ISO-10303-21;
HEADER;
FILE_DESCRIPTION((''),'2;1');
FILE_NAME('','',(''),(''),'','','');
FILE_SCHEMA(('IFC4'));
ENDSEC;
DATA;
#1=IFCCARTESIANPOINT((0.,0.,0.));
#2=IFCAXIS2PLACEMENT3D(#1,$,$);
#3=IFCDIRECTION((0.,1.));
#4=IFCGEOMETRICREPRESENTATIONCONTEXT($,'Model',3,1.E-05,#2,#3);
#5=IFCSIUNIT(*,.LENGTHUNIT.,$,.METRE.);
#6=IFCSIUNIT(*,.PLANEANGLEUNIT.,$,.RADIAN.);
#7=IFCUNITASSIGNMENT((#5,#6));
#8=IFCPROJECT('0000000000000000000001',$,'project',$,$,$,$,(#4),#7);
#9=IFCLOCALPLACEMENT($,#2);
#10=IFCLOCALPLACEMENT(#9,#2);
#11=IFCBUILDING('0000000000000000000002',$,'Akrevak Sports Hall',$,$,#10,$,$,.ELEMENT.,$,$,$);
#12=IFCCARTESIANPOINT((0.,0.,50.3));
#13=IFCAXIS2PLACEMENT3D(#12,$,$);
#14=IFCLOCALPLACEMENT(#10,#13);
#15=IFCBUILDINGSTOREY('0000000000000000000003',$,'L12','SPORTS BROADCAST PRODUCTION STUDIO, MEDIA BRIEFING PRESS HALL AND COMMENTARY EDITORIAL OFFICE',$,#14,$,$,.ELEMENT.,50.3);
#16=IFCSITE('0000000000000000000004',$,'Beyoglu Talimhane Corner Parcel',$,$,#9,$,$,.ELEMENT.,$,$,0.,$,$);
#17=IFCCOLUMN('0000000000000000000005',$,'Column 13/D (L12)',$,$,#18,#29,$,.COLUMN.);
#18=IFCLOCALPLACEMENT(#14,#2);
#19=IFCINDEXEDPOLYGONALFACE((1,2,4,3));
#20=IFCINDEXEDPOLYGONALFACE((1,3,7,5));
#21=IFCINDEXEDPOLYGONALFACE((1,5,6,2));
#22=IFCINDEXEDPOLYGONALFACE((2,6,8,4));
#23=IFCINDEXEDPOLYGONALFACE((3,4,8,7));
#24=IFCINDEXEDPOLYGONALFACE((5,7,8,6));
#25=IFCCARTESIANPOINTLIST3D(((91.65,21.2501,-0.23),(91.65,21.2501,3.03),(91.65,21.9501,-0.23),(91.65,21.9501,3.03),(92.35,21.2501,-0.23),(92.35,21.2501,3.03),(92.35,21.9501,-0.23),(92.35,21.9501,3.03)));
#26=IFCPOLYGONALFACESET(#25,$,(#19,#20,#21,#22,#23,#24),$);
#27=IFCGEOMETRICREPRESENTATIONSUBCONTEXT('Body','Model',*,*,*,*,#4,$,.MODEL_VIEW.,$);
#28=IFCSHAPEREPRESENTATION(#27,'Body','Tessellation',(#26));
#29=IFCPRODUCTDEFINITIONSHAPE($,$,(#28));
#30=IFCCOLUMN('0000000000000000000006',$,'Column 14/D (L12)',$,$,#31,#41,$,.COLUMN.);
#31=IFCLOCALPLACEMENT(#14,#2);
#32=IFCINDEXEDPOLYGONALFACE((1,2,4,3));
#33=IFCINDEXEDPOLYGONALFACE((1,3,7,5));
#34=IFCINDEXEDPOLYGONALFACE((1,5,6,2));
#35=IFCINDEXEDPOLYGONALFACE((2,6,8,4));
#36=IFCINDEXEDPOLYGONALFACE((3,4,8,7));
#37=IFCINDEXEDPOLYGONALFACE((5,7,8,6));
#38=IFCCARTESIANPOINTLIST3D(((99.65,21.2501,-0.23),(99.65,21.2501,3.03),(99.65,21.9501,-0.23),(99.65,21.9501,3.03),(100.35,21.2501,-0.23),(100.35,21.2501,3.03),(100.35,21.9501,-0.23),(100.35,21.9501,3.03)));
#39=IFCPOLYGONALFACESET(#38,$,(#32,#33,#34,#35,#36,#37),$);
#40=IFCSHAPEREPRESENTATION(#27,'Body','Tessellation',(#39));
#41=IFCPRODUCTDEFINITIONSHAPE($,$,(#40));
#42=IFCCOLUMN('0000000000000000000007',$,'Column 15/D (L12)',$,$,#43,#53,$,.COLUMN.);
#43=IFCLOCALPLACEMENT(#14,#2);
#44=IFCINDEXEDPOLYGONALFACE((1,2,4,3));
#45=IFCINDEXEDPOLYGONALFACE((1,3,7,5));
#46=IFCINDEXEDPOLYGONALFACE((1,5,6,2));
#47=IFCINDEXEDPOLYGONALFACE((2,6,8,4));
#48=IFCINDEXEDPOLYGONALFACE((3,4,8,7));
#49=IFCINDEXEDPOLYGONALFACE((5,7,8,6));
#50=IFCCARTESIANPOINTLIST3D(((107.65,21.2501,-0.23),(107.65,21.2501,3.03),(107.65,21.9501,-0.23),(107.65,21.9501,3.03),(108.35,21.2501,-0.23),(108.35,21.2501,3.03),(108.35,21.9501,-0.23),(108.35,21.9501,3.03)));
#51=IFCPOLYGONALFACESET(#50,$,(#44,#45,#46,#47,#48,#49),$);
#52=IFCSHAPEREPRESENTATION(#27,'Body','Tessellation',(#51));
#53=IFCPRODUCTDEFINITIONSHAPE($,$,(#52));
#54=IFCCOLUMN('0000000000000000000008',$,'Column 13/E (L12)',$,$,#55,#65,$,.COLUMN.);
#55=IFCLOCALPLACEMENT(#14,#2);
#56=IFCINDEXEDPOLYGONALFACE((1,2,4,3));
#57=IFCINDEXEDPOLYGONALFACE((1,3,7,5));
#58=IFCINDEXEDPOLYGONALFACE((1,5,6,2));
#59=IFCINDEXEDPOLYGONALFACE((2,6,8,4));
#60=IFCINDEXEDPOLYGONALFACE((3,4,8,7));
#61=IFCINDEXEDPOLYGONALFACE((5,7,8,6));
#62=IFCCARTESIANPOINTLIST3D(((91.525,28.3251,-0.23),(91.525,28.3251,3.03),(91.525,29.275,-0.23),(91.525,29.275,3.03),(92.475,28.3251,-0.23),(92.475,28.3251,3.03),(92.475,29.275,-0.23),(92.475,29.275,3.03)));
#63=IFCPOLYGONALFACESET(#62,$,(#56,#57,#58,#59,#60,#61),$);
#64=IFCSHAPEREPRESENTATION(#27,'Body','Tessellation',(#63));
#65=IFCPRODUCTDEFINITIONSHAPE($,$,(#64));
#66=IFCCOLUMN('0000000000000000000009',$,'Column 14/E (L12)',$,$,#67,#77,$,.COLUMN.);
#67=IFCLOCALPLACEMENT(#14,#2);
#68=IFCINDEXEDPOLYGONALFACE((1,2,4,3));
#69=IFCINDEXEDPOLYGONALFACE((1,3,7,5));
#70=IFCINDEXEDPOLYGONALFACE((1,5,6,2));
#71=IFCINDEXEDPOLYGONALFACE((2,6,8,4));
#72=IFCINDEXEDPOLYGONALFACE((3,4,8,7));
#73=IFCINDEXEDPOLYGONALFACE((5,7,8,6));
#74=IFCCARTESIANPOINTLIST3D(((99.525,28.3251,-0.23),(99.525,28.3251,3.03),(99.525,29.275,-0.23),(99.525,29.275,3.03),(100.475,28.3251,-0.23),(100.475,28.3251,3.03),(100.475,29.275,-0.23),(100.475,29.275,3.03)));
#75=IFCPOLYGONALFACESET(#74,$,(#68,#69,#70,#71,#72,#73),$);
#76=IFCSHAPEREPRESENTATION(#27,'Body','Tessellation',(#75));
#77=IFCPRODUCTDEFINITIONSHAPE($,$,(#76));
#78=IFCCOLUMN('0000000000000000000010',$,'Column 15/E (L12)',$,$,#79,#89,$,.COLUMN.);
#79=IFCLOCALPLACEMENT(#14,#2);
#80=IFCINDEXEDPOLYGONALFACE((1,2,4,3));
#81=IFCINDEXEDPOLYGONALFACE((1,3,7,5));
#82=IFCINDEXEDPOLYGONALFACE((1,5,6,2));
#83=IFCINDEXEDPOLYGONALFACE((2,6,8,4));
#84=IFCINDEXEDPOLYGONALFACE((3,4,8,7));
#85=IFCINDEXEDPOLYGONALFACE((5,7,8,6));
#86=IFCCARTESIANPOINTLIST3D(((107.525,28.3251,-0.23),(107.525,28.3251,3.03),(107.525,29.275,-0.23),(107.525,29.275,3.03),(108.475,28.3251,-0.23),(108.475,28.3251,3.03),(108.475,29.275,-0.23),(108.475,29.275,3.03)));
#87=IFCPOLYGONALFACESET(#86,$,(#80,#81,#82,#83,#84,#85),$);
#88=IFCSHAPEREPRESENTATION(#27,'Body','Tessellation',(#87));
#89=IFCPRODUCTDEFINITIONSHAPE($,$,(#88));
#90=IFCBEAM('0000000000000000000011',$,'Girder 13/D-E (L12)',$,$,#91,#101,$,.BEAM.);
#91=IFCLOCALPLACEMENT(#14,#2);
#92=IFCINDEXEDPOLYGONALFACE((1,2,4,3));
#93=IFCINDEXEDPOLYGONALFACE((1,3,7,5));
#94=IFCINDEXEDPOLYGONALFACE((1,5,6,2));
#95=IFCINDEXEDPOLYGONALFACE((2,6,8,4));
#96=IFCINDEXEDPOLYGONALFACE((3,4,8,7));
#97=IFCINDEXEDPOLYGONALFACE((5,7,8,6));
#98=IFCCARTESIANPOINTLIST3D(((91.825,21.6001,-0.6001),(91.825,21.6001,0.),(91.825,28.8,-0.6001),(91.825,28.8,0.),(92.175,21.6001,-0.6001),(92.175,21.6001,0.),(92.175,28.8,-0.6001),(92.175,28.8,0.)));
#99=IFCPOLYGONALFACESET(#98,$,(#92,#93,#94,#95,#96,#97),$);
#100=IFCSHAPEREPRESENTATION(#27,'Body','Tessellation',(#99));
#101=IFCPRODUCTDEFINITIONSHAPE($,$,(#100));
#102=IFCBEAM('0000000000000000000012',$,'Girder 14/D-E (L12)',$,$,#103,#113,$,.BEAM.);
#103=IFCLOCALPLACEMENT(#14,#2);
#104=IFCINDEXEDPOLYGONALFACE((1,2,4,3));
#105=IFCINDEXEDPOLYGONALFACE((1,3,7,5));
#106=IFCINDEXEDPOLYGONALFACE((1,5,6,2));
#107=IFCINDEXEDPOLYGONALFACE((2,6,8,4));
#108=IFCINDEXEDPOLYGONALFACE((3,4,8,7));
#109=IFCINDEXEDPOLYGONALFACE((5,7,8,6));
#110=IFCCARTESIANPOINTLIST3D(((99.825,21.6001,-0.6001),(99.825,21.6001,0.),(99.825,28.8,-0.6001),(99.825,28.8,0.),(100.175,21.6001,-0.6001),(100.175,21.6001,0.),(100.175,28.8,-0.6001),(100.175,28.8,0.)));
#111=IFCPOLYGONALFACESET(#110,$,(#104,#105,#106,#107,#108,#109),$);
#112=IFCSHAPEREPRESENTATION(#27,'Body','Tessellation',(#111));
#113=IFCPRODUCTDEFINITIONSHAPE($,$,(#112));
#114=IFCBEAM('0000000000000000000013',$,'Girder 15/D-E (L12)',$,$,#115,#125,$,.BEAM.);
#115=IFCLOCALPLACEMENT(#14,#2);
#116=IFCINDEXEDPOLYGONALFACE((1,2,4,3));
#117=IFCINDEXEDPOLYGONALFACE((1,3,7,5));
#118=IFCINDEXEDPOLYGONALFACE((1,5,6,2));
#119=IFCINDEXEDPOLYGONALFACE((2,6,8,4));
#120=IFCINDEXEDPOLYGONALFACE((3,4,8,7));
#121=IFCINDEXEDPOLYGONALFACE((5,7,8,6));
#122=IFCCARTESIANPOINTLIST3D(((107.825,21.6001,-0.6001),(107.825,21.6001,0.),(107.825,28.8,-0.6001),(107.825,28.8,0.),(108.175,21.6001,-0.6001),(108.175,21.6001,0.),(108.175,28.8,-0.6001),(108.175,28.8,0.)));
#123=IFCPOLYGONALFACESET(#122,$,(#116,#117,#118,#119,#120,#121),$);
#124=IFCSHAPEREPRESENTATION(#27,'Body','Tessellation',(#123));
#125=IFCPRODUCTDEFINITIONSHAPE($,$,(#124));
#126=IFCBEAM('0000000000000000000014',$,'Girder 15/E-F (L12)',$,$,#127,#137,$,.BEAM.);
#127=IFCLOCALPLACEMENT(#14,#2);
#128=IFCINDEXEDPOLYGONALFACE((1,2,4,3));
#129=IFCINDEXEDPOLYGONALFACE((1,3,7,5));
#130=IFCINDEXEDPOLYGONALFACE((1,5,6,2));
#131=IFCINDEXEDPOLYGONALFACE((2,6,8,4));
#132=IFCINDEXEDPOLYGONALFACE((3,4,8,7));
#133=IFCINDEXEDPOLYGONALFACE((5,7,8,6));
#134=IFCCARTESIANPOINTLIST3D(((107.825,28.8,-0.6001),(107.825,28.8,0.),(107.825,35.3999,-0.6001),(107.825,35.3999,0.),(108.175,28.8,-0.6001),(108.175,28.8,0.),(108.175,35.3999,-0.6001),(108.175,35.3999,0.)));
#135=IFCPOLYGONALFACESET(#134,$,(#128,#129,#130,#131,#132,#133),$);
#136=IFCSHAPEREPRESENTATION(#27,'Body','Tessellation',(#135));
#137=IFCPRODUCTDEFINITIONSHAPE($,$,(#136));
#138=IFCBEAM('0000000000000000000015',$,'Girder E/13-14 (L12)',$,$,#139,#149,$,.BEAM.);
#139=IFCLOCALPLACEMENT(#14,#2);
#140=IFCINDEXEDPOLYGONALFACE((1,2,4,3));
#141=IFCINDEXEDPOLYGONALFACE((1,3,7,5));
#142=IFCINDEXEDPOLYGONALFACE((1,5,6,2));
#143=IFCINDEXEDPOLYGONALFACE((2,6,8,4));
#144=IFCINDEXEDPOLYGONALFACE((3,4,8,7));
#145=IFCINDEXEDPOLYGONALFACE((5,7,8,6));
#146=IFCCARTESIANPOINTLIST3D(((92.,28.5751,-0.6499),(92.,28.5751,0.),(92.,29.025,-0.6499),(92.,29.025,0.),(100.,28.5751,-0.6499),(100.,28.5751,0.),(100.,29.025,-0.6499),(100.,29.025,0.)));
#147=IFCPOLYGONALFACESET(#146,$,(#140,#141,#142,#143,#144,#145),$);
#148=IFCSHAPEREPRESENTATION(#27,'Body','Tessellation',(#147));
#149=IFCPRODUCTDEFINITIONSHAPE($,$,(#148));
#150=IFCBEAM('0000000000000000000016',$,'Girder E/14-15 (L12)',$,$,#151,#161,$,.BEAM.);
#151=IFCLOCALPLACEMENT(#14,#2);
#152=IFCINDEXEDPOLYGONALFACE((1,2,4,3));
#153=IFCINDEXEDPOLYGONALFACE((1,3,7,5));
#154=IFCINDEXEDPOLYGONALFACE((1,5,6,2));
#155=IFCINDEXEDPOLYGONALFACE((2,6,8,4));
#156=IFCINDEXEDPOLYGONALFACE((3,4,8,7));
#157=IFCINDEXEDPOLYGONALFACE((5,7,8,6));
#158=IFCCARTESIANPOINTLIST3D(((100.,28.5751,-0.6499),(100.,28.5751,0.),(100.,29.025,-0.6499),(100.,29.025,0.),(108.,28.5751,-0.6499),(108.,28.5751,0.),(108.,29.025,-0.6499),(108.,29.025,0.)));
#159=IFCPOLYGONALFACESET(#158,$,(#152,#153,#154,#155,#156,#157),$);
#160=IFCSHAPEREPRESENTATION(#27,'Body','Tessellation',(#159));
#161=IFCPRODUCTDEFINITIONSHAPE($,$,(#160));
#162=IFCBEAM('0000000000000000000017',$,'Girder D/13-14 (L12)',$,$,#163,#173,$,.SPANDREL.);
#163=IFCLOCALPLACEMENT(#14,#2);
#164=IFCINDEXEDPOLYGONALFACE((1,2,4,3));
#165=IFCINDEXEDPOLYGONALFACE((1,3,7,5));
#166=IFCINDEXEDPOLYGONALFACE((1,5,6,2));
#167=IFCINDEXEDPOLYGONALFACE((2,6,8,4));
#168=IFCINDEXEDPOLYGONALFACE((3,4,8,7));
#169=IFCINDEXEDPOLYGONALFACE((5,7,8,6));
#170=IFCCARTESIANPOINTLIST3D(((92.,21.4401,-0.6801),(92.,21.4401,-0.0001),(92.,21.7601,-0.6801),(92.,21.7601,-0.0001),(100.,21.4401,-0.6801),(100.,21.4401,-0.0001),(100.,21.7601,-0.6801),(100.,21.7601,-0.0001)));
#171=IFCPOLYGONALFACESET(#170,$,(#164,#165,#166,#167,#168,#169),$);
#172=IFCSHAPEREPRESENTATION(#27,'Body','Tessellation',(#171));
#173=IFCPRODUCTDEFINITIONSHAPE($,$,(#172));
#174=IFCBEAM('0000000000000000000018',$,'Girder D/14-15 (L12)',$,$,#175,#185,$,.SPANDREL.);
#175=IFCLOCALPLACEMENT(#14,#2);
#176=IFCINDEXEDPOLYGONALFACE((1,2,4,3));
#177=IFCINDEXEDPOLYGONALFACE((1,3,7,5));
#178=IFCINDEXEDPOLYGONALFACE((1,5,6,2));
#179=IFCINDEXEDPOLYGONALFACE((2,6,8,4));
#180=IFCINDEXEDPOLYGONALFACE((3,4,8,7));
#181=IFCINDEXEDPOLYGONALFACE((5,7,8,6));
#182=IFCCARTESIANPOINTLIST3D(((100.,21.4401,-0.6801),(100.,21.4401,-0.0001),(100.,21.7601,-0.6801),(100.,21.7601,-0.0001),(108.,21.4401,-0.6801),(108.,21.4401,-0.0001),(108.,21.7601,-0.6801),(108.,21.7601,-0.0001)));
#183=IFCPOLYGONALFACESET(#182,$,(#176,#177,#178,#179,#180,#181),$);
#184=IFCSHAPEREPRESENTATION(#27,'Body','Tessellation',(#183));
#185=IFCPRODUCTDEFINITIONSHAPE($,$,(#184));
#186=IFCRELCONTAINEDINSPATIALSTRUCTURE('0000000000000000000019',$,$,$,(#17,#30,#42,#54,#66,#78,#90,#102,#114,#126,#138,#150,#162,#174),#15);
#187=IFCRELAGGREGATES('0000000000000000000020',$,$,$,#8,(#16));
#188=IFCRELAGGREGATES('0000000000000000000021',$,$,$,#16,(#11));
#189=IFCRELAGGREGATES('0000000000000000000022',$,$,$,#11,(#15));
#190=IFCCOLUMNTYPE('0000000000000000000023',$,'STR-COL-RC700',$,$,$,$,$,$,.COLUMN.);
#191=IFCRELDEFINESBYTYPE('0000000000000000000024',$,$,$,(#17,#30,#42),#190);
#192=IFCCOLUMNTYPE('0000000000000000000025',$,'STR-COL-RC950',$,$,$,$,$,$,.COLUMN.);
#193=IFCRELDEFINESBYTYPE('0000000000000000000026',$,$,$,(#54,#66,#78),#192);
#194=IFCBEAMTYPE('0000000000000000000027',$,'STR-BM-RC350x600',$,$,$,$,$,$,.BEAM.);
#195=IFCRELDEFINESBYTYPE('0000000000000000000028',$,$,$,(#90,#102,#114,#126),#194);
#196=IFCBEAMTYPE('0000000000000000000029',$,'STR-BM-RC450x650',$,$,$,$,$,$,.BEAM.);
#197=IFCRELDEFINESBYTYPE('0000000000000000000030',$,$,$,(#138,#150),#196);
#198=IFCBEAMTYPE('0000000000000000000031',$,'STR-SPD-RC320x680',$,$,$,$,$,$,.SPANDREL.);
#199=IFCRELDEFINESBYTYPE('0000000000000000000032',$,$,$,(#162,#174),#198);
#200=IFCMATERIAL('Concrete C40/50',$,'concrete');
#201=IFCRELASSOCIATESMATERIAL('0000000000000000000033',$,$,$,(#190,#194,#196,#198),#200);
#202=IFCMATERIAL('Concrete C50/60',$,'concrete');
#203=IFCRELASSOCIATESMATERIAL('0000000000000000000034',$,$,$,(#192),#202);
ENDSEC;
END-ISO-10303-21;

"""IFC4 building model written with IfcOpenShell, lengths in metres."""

from ifc_helpers import new_model, si_unit, direction, frame, origin, origin_2d, place, context, subcontext, project, spatial, rectangle, extrude, material, material_profile, profile_set, type_object, element, save


model = new_model("IFC4")

# Units and contexts
model_context = context("Model", 3, precision=1e-05, world=origin(), true_north=direction((0.0, 1.0)))
body_context = subcontext(model_context, "Body", "Model", "MODEL_VIEW")
ifc_project = project(units=[si_unit("LENGTHUNIT", "METRE"), si_unit("PLANEANGLEUNIT", "RADIAN")], contexts=[model_context])

# Site, building, storey
site_placement = place(None, origin())
site = spatial("IfcSite", under=ifc_project, at=site_placement, Name="Beyoglu Talimhane Corner Parcel", CompositionType="ELEMENT", RefElevation=0.0)
building_placement = place(site_placement, origin())
building = spatial("IfcBuilding", under=site, at=building_placement, Name="Akrevak Sports Hall", CompositionType="ELEMENT")
storey_placement = place(building_placement, frame((0.0, 0.0, 50.3)))
storey = spatial("IfcBuildingStorey", under=building, at=storey_placement, Name="L12", Description="SPORTS BROADCAST PRODUCTION STUDIO, MEDIA BRIEFING PRESS HALL AND COMMENTARY EDITORIAL OFFICE", CompositionType="ELEMENT", Elevation=50.3)

# Columns
ifc_material_1 = material(Name="Concrete C40/50", Category="concrete")
ifc_material_profile_1 = material_profile(ifc_material_1, rectangle(XDim=0.7, YDim=0.7, at=origin_2d()), Name="RC 700x700", Category="concrete")
ifc_profile_set_1 = profile_set([ifc_material_profile_1], Name="Concrete C40/50")
column_type_1 = type_object("IfcColumnType", Name="STR-COL-RC700", PredefinedType="COLUMN", material=ifc_profile_set_1)
for number, where, z_axis, x_axis, name in (
    (1, (92.0, 21.6001, -0.23), (0.0, 0.0, 1.0), (1.0, 0.0, 0.0), "Column 13/D (L12)"),
    (2, (100.0, 21.6001, -0.23), (0.0, 0.0, 1.0), (1.0, 0.0, 0.0), "Column 14/D (L12)"),
    (3, (108.0, 21.6001, -0.23), (0.0, 0.0, 1.0), (1.0, 0.0, 0.0), "Column 15/D (L12)"),
):
    element("IfcColumn", number, at=place(storey_placement, frame(where, z_axis=z_axis, x_axis=x_axis)), inside=storey, type_object=column_type_1, Name=name, PredefinedType="COLUMN", context=body_context, shape_type="SweptSolid", body=[
        extrude(rectangle(XDim=0.7, YDim=0.7, at=origin_2d()), origin(), (0.0, 0.0, 1.0), 3.26),
    ])
ifc_material_2 = material(Name="Concrete C50/60", Category="concrete")
ifc_material_profile_2 = material_profile(ifc_material_2, rectangle(XDim=0.95, YDim=0.95, at=origin_2d()), Name="RC 950x950", Category="concrete")
ifc_profile_set_2 = profile_set([ifc_material_profile_2], Name="Concrete C50/60")
column_type_2 = type_object("IfcColumnType", Name="STR-COL-RC950", PredefinedType="COLUMN", material=ifc_profile_set_2)
for number, where, z_axis, x_axis, name in (
    (4, (92.0, 28.8, -0.23), (0.0, 0.0, 1.0), (1.0, 0.0, 0.0), "Column 13/E (L12)"),
    (5, (100.0, 28.8, -0.23), (0.0, 0.0, 1.0), (1.0, 0.0, 0.0), "Column 14/E (L12)"),
    (6, (108.0, 28.8, -0.23), (0.0, 0.0, 1.0), (1.0, 0.0, 0.0), "Column 15/E (L12)"),
):
    element("IfcColumn", number, at=place(storey_placement, frame(where, z_axis=z_axis, x_axis=x_axis)), inside=storey, type_object=column_type_2, Name=name, PredefinedType="COLUMN", context=body_context, shape_type="SweptSolid", body=[
        extrude(rectangle(XDim=0.95, YDim=0.95, at=origin_2d()), origin(), (0.0, 0.0, 1.0), 3.26),
    ])

# Beams
ifc_material_profile_3 = material_profile(ifc_material_1, rectangle(XDim=0.3501, YDim=0.6001, at=origin_2d()), Name="BM 350x600", Category="concrete")
ifc_profile_set_3 = profile_set([ifc_material_profile_3], Name="Concrete C40/50")
beam_type_1 = type_object("IfcBeamType", Name="STR-BM-RC350x600", PredefinedType="BEAM", material=ifc_profile_set_3)
for number, where, z_axis, x_axis, name in (
    (7, (92.0, 21.6001, -0.3), (0.0, 1.0, 0.0), (-1.0, 0.0, 0.0), "Girder 13/D-E (L12)"),
    (8, (100.0, 21.6001, -0.3), (0.0, 1.0, 0.0), (-1.0, 0.0, 0.0), "Girder 14/D-E (L12)"),
    (9, (108.0, 21.6001, -0.3), (0.0, 1.0, 0.0), (-1.0, 0.0, 0.0), "Girder 15/D-E (L12)"),
):
    element("IfcBeam", number, at=place(storey_placement, frame(where, z_axis=z_axis, x_axis=x_axis)), inside=storey, type_object=beam_type_1, Name=name, PredefinedType="BEAM", context=body_context, shape_type="SweptSolid", body=[
        extrude(rectangle(XDim=0.3501, YDim=0.6001, at=origin_2d()), origin(), (0.0, 0.0, 1.0), 7.2),
    ])
beam_placement = place(storey_placement, frame((108.0, 28.8, -0.3), z_axis=(0.0, 1.0, 0.0), x_axis=(-1.0, 0.0, 0.0)))
element("IfcBeam", 10, at=beam_placement, inside=storey, type_object=beam_type_1, Name="Girder 15/E-F (L12)", PredefinedType="BEAM", context=body_context, shape_type="SweptSolid", body=[
    extrude(rectangle(XDim=0.3501, YDim=0.6001, at=origin_2d()), origin(), (0.0, 0.0, 1.0), 6.5999),
])
ifc_material_profile_4 = material_profile(ifc_material_1, rectangle(XDim=0.45, YDim=0.6499, at=origin_2d()), Name="BM 450x650", Category="concrete")
ifc_profile_set_4 = profile_set([ifc_material_profile_4], Name="Concrete C40/50")
beam_type_2 = type_object("IfcBeamType", Name="STR-BM-RC450x650", PredefinedType="BEAM", material=ifc_profile_set_4)
for number, where, z_axis, x_axis, name in (
    (11, (92.0, 28.8, -0.325), (1.0, 0.0, 0.0), (0.0, 1.0, 0.0), "Girder E/13-14 (L12)"),
    (12, (100.0, 28.8, -0.325), (1.0, 0.0, 0.0), (0.0, 1.0, 0.0), "Girder E/14-15 (L12)"),
):
    element("IfcBeam", number, at=place(storey_placement, frame(where, z_axis=z_axis, x_axis=x_axis)), inside=storey, type_object=beam_type_2, Name=name, PredefinedType="BEAM", context=body_context, shape_type="SweptSolid", body=[
        extrude(rectangle(XDim=0.45, YDim=0.6499, at=origin_2d()), origin(), (0.0, 0.0, 1.0), 8.0),
    ])
ifc_material_profile_5 = material_profile(ifc_material_1, rectangle(XDim=0.3201, YDim=0.6799, at=origin_2d()), Name="SPD 320x680", Category="concrete")
ifc_profile_set_5 = profile_set([ifc_material_profile_5], Name="Concrete C40/50")
beam_type_3 = type_object("IfcBeamType", Name="STR-SPD-RC320x680", PredefinedType="SPANDREL", material=ifc_profile_set_5)
for number, where, z_axis, x_axis, name in (
    (13, (92.0, 21.6001, -0.3401), (1.0, 0.0, 0.0), (0.0, 1.0, 0.0), "Girder D/13-14 (L12)"),
    (14, (100.0, 21.6001, -0.3401), (1.0, 0.0, 0.0), (0.0, 1.0, 0.0), "Girder D/14-15 (L12)"),
):
    element("IfcBeam", number, at=place(storey_placement, frame(where, z_axis=z_axis, x_axis=x_axis)), inside=storey, type_object=beam_type_3, Name=name, PredefinedType="SPANDREL", context=body_context, shape_type="SweptSolid", body=[
        extrude(rectangle(XDim=0.3201, YDim=0.6799, at=origin_2d()), origin(), (0.0, 0.0, 1.0), 8.0),
    ])

save(model, "model.ifc")
